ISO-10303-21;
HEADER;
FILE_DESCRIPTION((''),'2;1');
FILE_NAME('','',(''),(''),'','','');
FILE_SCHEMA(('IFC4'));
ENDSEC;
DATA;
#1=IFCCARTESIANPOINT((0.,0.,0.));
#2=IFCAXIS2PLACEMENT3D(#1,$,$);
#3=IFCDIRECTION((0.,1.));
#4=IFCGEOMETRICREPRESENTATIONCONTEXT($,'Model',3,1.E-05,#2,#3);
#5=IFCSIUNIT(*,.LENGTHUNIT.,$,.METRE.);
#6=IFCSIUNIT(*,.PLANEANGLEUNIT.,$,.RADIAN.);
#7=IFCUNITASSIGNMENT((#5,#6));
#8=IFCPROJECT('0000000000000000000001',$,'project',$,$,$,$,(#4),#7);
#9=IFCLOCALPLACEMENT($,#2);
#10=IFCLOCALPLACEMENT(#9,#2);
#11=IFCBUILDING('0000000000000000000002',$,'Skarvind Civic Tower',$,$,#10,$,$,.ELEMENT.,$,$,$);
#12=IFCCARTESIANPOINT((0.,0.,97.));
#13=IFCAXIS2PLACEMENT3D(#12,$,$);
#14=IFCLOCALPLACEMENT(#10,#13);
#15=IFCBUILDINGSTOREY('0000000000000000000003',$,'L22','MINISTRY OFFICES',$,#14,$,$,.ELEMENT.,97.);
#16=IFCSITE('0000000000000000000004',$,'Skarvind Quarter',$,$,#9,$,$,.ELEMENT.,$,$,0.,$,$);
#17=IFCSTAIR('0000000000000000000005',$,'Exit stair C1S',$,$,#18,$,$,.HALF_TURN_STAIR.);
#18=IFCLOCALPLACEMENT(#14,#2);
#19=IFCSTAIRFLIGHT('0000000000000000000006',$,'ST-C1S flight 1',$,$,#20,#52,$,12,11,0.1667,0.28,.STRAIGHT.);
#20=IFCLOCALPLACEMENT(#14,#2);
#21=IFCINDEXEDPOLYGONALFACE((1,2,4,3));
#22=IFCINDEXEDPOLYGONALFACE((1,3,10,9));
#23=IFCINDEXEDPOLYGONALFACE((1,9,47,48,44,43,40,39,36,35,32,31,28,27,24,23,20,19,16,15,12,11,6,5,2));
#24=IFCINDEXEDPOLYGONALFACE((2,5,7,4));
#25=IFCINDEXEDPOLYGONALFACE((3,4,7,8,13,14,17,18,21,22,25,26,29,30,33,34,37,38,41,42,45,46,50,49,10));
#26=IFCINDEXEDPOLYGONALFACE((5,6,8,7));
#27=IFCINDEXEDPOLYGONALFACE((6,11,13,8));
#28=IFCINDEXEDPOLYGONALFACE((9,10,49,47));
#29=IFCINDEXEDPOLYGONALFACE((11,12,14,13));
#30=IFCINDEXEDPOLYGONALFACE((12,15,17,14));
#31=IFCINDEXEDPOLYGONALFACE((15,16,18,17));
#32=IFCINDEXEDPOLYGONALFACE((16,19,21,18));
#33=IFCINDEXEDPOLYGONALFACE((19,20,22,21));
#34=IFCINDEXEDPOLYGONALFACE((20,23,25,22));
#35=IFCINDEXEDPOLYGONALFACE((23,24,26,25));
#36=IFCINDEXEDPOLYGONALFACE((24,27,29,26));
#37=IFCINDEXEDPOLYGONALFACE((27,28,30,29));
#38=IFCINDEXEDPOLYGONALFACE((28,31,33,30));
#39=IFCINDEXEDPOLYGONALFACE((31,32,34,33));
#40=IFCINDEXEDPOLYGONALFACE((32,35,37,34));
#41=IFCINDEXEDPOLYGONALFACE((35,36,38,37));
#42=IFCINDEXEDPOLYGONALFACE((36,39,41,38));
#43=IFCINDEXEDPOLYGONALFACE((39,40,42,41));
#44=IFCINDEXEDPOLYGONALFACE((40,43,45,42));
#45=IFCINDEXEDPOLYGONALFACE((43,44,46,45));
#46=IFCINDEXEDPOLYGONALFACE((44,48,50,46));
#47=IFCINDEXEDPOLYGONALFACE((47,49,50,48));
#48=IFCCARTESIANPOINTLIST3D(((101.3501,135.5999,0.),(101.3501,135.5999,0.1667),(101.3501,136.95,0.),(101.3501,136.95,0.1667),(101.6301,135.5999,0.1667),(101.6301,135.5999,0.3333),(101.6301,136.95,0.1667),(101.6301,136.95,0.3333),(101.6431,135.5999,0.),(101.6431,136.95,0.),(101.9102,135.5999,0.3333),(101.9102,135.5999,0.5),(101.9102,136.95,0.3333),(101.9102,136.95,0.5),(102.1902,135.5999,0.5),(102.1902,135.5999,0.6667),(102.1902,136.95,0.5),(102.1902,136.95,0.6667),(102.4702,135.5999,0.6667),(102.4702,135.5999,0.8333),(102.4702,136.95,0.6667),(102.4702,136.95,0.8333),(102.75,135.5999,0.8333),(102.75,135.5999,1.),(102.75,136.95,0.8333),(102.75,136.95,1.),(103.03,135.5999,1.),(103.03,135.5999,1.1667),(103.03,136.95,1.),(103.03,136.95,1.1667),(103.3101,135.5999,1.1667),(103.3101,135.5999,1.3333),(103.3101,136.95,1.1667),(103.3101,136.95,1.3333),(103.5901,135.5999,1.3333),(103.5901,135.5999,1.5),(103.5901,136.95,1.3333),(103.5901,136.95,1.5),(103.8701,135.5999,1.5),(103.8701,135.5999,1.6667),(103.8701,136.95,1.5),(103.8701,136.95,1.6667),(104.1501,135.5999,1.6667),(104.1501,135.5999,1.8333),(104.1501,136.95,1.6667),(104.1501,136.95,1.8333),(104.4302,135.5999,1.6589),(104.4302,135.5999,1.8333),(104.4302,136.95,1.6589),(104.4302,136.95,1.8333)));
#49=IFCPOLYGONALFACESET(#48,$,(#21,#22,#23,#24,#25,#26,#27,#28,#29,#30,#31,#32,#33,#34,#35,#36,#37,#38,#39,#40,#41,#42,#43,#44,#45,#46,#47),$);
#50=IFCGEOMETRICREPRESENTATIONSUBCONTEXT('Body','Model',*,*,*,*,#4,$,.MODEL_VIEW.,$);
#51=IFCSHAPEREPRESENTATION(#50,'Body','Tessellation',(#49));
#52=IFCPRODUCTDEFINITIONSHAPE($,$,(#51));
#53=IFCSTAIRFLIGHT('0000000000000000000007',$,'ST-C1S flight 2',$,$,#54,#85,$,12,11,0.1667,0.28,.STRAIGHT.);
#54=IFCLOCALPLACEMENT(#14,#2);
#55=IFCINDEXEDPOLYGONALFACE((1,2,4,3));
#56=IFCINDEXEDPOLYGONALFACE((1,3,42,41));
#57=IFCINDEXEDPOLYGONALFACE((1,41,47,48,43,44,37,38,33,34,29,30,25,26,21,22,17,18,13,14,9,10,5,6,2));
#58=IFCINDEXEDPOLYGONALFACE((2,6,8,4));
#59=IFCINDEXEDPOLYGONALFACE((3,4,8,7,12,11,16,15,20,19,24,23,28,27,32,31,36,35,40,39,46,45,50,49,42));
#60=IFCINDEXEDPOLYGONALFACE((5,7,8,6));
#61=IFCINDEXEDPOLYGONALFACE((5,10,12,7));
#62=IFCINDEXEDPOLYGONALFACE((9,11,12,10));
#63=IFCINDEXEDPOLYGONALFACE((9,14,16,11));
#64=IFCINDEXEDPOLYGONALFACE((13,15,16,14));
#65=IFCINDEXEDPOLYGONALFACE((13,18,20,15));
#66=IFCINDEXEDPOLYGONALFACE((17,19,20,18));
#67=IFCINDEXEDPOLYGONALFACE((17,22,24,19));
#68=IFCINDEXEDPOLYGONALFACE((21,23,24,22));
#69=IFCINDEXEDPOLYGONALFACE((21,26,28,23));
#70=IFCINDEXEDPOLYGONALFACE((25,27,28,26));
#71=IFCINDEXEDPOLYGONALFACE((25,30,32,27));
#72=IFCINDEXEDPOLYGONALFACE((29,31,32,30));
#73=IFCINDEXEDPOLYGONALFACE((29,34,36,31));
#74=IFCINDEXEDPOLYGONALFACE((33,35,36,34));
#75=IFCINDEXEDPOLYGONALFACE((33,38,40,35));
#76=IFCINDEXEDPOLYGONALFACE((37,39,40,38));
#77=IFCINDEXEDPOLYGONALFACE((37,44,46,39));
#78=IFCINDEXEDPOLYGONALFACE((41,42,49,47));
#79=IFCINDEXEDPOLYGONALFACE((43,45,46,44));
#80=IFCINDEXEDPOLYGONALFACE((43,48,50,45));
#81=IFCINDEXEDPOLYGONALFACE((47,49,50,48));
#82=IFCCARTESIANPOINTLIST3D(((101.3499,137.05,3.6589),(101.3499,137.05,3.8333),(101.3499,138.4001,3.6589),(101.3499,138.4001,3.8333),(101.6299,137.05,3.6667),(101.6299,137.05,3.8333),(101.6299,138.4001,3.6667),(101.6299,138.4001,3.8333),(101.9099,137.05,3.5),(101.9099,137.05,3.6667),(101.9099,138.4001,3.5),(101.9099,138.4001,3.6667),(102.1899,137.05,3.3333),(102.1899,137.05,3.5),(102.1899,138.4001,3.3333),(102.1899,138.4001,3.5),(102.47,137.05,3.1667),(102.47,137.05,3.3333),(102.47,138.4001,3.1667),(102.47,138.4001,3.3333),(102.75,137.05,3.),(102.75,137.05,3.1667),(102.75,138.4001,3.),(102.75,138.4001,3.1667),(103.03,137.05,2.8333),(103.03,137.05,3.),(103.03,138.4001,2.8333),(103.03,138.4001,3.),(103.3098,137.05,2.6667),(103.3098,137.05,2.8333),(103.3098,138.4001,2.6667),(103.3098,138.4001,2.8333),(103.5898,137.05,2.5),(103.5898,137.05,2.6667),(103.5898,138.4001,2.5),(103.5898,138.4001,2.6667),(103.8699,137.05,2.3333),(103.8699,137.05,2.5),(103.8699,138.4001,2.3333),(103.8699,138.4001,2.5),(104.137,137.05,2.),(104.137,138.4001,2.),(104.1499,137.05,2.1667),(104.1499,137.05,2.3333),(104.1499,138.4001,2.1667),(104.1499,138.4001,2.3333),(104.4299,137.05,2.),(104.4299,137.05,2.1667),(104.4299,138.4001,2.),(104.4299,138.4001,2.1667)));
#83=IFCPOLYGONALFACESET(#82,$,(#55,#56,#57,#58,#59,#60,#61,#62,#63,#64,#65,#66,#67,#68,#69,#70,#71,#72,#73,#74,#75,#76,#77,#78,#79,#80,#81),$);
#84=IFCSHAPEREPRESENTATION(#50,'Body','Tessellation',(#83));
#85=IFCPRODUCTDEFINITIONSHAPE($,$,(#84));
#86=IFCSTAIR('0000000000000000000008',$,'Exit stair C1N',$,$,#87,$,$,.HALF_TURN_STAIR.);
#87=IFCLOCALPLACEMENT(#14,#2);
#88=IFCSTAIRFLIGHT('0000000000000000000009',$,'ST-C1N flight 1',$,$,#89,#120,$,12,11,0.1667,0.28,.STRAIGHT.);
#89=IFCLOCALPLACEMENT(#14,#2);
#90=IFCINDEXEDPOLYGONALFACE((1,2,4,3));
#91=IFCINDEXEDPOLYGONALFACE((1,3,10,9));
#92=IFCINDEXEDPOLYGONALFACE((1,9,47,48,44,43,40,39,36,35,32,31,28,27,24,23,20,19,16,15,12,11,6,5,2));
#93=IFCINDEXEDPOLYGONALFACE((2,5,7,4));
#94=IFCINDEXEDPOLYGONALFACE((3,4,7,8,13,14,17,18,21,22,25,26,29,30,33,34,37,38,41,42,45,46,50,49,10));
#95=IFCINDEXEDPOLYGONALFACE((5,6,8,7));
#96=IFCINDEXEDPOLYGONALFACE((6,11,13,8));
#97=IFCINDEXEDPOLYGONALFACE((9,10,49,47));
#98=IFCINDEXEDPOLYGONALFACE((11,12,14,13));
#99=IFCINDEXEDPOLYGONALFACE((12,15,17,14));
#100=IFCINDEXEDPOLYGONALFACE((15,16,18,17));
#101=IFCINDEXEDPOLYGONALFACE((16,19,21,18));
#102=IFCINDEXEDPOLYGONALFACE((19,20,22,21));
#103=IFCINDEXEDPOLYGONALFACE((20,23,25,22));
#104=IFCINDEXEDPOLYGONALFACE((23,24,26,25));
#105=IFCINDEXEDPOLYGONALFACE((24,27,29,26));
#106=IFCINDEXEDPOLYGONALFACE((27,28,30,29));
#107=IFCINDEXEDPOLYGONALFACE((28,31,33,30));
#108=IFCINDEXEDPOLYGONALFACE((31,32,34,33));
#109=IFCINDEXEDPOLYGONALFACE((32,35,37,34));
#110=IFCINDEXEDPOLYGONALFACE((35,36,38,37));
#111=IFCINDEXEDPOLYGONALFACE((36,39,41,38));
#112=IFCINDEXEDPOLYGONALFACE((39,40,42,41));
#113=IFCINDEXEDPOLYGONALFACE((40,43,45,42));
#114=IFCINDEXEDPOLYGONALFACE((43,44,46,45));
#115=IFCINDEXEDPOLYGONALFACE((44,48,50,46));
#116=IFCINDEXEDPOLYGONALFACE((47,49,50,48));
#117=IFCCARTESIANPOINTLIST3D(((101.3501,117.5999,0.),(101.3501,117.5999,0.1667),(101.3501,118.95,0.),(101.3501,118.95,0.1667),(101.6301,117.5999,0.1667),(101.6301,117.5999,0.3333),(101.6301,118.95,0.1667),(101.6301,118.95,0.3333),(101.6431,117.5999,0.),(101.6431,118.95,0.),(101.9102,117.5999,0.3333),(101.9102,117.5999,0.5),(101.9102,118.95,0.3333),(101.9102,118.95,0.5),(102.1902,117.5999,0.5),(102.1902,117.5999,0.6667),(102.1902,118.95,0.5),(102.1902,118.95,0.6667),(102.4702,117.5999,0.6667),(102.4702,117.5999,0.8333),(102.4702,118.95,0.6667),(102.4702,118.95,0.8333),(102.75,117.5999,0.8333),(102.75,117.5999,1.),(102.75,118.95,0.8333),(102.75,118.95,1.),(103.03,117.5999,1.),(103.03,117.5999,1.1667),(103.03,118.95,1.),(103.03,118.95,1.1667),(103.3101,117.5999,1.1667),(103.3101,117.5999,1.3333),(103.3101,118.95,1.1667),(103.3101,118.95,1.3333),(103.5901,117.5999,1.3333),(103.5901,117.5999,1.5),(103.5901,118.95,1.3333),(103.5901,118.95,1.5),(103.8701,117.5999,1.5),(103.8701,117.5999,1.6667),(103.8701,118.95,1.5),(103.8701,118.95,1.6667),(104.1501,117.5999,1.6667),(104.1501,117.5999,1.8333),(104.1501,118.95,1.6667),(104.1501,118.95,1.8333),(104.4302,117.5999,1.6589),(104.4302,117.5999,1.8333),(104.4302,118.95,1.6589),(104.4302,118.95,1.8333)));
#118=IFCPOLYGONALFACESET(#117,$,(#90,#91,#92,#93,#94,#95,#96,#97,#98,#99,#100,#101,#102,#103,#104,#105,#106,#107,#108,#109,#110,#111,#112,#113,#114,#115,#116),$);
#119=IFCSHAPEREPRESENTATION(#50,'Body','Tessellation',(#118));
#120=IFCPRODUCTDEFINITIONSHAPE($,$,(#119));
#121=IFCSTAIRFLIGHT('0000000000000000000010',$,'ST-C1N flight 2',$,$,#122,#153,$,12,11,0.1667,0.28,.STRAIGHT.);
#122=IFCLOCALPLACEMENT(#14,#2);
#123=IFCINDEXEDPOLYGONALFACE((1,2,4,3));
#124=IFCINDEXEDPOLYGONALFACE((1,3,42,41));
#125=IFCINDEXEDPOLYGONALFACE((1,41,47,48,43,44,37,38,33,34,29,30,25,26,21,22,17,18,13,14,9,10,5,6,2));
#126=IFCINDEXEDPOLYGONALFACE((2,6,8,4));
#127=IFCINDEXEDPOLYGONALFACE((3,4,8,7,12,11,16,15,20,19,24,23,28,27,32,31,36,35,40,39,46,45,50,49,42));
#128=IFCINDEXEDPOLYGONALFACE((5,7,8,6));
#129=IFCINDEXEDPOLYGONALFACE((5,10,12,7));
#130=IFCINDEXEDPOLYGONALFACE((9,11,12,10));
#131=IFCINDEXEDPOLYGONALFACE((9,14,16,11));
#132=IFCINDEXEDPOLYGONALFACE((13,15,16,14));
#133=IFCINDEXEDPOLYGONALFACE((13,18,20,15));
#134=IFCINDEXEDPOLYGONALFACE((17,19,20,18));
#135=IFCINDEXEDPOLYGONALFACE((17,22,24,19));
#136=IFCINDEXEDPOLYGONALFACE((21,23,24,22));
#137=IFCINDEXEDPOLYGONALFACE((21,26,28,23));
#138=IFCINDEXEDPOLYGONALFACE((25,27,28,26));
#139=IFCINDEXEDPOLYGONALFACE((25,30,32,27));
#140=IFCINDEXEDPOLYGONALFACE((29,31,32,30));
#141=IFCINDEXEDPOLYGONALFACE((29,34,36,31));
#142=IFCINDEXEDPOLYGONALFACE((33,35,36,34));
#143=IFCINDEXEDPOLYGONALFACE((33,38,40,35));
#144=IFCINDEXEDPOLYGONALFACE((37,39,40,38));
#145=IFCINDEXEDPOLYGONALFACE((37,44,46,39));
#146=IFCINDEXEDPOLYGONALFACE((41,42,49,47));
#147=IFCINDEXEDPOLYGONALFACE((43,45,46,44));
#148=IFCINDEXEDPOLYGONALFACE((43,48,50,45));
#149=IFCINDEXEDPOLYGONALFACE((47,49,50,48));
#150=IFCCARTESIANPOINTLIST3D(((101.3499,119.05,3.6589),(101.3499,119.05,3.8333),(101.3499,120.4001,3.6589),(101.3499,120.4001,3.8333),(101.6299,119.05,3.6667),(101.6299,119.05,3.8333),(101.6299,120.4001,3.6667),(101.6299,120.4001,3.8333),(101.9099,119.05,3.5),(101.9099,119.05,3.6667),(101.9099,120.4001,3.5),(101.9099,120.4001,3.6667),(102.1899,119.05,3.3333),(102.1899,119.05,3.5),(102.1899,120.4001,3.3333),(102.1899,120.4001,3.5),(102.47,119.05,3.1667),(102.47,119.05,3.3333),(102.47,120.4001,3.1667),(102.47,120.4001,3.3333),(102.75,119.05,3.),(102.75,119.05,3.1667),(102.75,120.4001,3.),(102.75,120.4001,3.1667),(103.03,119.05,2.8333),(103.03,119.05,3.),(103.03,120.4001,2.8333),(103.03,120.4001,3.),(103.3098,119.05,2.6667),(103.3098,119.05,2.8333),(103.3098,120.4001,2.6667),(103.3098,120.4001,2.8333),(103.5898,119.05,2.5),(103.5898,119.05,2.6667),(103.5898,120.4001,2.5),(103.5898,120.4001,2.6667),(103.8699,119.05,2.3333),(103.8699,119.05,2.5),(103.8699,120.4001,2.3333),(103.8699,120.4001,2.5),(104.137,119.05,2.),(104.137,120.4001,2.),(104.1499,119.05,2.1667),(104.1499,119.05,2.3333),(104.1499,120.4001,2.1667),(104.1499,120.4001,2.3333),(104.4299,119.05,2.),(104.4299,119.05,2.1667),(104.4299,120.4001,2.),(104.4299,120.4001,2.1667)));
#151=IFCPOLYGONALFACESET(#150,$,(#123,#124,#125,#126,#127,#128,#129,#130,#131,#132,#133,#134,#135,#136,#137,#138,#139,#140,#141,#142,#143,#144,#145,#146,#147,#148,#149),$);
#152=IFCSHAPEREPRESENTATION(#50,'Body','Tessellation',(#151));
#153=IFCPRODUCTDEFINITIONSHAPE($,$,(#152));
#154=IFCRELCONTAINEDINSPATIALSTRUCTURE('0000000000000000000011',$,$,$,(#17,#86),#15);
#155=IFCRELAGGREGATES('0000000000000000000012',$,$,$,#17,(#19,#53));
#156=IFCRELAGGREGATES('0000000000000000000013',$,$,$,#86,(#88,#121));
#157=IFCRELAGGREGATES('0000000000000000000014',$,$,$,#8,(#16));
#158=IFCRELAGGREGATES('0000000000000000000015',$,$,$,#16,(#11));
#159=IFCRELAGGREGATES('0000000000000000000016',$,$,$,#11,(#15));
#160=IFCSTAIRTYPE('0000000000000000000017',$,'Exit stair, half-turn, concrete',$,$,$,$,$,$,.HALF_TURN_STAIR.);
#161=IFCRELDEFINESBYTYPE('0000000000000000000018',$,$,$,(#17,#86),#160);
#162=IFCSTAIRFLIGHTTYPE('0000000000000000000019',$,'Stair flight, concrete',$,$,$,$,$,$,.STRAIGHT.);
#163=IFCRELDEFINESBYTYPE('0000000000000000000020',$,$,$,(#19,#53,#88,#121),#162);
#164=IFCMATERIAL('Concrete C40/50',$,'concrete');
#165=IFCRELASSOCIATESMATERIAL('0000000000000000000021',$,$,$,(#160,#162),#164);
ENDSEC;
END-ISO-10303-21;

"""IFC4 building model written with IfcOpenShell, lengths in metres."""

from ifc_helpers import new_model, si_unit, direction, frame, origin, place, context, subcontext, project, spatial, polyline, outline, extrude, material, type_object, element, aggregate, save


model = new_model("IFC4")

# Units and contexts
model_context = context("Model", 3, precision=1e-05, world=origin(), true_north=direction((0.0, 1.0)))
body_context = subcontext(model_context, "Body", "Model", "MODEL_VIEW")
ifc_project = project(units=[si_unit("LENGTHUNIT", "METRE"), si_unit("PLANEANGLEUNIT", "RADIAN")], contexts=[model_context])

# Site, building, storey
site_placement = place(None, origin())
site = spatial("IfcSite", under=ifc_project, at=site_placement, Name="Skarvind Quarter", CompositionType="ELEMENT", RefElevation=0.0)
building_placement = place(site_placement, origin())
building = spatial("IfcBuilding", under=site, at=building_placement, Name="Skarvind Civic Tower", CompositionType="ELEMENT")
storey_placement = place(building_placement, frame((0.0, 0.0, 97.0)))
storey = spatial("IfcBuildingStorey", under=building, at=storey_placement, Name="L22", Description="MINISTRY OFFICES", CompositionType="ELEMENT", Elevation=97.0)

# Stairs, stair flights
ifc_material_1 = material(Name="Concrete C40/50", Category="concrete")
stair_type = type_object("IfcStairType", Name="Exit stair, half-turn, concrete", PredefinedType="HALF_TURN_STAIR", material=ifc_material_1)
stair_1_placement = place(storey_placement, origin())
stair_1 = element("IfcStair", 1, at=stair_1_placement, inside=storey, type_object=stair_type, Name="Exit stair C1S", PredefinedType="HALF_TURN_STAIR")
stair_flight_type = type_object("IfcStairFlightType", Name="Stair flight, concrete", PredefinedType="STRAIGHT", material=ifc_material_1)
stair_flight_1_placement = place(storey_placement, frame((101.3501, 136.2749, 0.0), z_axis=(0.0, 0.0, 1.0), x_axis=(1.0, 0.0, 0.0)))
stair_flight_1 = element("IfcStairFlight", 2, at=stair_flight_1_placement, type_object=stair_flight_type, Name="ST-C1S flight 1", NumberOfRisers=12, NumberOfTreads=11, PredefinedType="STRAIGHT", RiserHeight=0.1667, TreadLength=0.28, context=body_context, shape_type="SweptSolid", body=[
    extrude(outline(polyline([(0.0, 0.0), (0.0, 0.1667), (0.28, 0.1667), (0.28, 0.3333), (0.5601, 0.3333), (0.5601, 0.5), (0.8401, 0.5), (0.8401, 0.6667), (1.1201, 0.6667), (1.1201, 0.8333), (1.3999, 0.8333), (1.3999, 1.0), (1.6799, 1.0), (1.6799, 1.1667), (1.96, 1.1667), (1.96, 1.3333), (2.24, 1.3333), (2.24, 1.5), (2.52, 1.5), (2.52, 1.6667), (2.8, 1.6667), (2.8, 1.8333), (3.0801, 1.8333), (3.0801, 2.0), (3.0801, 1.6589), (0.293, 0.0), (0.0, 0.0)])), frame((0.0, 0.675, 0.0), z_axis=(0.0, -1.0, 0.0), x_axis=(1.0, 0.0, 0.0)), (0.0, 0.0, 1.0), 1.3501),
])
stair_flight_2_placement = place(storey_placement, frame((104.4299, 137.7251, 2.0), z_axis=(0.0, 0.0, 1.0), x_axis=(-1.0, 0.0, 0.0)))
stair_flight_2 = element("IfcStairFlight", 3, at=stair_flight_2_placement, type_object=stair_flight_type, Name="ST-C1S flight 2", NumberOfRisers=12, NumberOfTreads=11, PredefinedType="STRAIGHT", RiserHeight=0.1667, TreadLength=0.28, context=body_context, shape_type="SweptSolid", body=[
    extrude(outline(polyline([(0.0, 0.0), (0.0, 0.1667), (0.28, 0.1667), (0.28, 0.3333), (0.5601, 0.3333), (0.5601, 0.5), (0.8401, 0.5), (0.8401, 0.6667), (1.1201, 0.6667), (1.1201, 0.8333), (1.3999, 0.8333), (1.3999, 1.0), (1.6799, 1.0), (1.6799, 1.1667), (1.96, 1.1667), (1.96, 1.3333), (2.24, 1.3333), (2.24, 1.5), (2.52, 1.5), (2.52, 1.6667), (2.8, 1.6667), (2.8, 1.8333), (3.0801, 1.8333), (3.0801, 2.0), (3.0801, 1.6589), (0.293, 0.0), (0.0, 0.0)])), frame((0.0, 0.675, 0.0), z_axis=(0.0, -1.0, 0.0), x_axis=(1.0, 0.0, 0.0)), (0.0, 0.0, 1.0), 1.3501),
])
aggregate(stair_1, [stair_flight_1, stair_flight_2])
stair_2_placement = place(storey_placement, origin())
stair_2 = element("IfcStair", 4, at=stair_2_placement, inside=storey, type_object=stair_type, Name="Exit stair C1N", PredefinedType="HALF_TURN_STAIR")
stair_flight_3_placement = place(storey_placement, frame((101.3501, 118.2749, 0.0), z_axis=(0.0, 0.0, 1.0), x_axis=(1.0, 0.0, 0.0)))
stair_flight_3 = element("IfcStairFlight", 5, at=stair_flight_3_placement, type_object=stair_flight_type, Name="ST-C1N flight 1", NumberOfRisers=12, NumberOfTreads=11, PredefinedType="STRAIGHT", RiserHeight=0.1667, TreadLength=0.28, context=body_context, shape_type="SweptSolid", body=[
    extrude(outline(polyline([(0.0, 0.0), (0.0, 0.1667), (0.28, 0.1667), (0.28, 0.3333), (0.5601, 0.3333), (0.5601, 0.5), (0.8401, 0.5), (0.8401, 0.6667), (1.1201, 0.6667), (1.1201, 0.8333), (1.3999, 0.8333), (1.3999, 1.0), (1.6799, 1.0), (1.6799, 1.1667), (1.96, 1.1667), (1.96, 1.3333), (2.24, 1.3333), (2.24, 1.5), (2.52, 1.5), (2.52, 1.6667), (2.8, 1.6667), (2.8, 1.8333), (3.0801, 1.8333), (3.0801, 2.0), (3.0801, 1.6589), (0.293, 0.0), (0.0, 0.0)])), frame((0.0, 0.675, 0.0), z_axis=(0.0, -1.0, 0.0), x_axis=(1.0, 0.0, 0.0)), (0.0, 0.0, 1.0), 1.3501),
])
stair_flight_4_placement = place(storey_placement, frame((104.4299, 119.7251, 2.0), z_axis=(0.0, 0.0, 1.0), x_axis=(-1.0, 0.0, 0.0)))
stair_flight_4 = element("IfcStairFlight", 6, at=stair_flight_4_placement, type_object=stair_flight_type, Name="ST-C1N flight 2", NumberOfRisers=12, NumberOfTreads=11, PredefinedType="STRAIGHT", RiserHeight=0.1667, TreadLength=0.28, context=body_context, shape_type="SweptSolid", body=[
    extrude(outline(polyline([(0.0, 0.0), (0.0, 0.1667), (0.28, 0.1667), (0.28, 0.3333), (0.5601, 0.3333), (0.5601, 0.5), (0.8401, 0.5), (0.8401, 0.6667), (1.1201, 0.6667), (1.1201, 0.8333), (1.3999, 0.8333), (1.3999, 1.0), (1.6799, 1.0), (1.6799, 1.1667), (1.96, 1.1667), (1.96, 1.3333), (2.24, 1.3333), (2.24, 1.5), (2.52, 1.5), (2.52, 1.6667), (2.8, 1.6667), (2.8, 1.8333), (3.0801, 1.8333), (3.0801, 2.0), (3.0801, 1.6589), (0.293, 0.0), (0.0, 0.0)])), frame((0.0, 0.675, 0.0), z_axis=(0.0, -1.0, 0.0), x_axis=(1.0, 0.0, 0.0)), (0.0, 0.0, 1.0), 1.3501),
])
aggregate(stair_2, [stair_flight_3, stair_flight_4])

save(model, "model.ifc")
